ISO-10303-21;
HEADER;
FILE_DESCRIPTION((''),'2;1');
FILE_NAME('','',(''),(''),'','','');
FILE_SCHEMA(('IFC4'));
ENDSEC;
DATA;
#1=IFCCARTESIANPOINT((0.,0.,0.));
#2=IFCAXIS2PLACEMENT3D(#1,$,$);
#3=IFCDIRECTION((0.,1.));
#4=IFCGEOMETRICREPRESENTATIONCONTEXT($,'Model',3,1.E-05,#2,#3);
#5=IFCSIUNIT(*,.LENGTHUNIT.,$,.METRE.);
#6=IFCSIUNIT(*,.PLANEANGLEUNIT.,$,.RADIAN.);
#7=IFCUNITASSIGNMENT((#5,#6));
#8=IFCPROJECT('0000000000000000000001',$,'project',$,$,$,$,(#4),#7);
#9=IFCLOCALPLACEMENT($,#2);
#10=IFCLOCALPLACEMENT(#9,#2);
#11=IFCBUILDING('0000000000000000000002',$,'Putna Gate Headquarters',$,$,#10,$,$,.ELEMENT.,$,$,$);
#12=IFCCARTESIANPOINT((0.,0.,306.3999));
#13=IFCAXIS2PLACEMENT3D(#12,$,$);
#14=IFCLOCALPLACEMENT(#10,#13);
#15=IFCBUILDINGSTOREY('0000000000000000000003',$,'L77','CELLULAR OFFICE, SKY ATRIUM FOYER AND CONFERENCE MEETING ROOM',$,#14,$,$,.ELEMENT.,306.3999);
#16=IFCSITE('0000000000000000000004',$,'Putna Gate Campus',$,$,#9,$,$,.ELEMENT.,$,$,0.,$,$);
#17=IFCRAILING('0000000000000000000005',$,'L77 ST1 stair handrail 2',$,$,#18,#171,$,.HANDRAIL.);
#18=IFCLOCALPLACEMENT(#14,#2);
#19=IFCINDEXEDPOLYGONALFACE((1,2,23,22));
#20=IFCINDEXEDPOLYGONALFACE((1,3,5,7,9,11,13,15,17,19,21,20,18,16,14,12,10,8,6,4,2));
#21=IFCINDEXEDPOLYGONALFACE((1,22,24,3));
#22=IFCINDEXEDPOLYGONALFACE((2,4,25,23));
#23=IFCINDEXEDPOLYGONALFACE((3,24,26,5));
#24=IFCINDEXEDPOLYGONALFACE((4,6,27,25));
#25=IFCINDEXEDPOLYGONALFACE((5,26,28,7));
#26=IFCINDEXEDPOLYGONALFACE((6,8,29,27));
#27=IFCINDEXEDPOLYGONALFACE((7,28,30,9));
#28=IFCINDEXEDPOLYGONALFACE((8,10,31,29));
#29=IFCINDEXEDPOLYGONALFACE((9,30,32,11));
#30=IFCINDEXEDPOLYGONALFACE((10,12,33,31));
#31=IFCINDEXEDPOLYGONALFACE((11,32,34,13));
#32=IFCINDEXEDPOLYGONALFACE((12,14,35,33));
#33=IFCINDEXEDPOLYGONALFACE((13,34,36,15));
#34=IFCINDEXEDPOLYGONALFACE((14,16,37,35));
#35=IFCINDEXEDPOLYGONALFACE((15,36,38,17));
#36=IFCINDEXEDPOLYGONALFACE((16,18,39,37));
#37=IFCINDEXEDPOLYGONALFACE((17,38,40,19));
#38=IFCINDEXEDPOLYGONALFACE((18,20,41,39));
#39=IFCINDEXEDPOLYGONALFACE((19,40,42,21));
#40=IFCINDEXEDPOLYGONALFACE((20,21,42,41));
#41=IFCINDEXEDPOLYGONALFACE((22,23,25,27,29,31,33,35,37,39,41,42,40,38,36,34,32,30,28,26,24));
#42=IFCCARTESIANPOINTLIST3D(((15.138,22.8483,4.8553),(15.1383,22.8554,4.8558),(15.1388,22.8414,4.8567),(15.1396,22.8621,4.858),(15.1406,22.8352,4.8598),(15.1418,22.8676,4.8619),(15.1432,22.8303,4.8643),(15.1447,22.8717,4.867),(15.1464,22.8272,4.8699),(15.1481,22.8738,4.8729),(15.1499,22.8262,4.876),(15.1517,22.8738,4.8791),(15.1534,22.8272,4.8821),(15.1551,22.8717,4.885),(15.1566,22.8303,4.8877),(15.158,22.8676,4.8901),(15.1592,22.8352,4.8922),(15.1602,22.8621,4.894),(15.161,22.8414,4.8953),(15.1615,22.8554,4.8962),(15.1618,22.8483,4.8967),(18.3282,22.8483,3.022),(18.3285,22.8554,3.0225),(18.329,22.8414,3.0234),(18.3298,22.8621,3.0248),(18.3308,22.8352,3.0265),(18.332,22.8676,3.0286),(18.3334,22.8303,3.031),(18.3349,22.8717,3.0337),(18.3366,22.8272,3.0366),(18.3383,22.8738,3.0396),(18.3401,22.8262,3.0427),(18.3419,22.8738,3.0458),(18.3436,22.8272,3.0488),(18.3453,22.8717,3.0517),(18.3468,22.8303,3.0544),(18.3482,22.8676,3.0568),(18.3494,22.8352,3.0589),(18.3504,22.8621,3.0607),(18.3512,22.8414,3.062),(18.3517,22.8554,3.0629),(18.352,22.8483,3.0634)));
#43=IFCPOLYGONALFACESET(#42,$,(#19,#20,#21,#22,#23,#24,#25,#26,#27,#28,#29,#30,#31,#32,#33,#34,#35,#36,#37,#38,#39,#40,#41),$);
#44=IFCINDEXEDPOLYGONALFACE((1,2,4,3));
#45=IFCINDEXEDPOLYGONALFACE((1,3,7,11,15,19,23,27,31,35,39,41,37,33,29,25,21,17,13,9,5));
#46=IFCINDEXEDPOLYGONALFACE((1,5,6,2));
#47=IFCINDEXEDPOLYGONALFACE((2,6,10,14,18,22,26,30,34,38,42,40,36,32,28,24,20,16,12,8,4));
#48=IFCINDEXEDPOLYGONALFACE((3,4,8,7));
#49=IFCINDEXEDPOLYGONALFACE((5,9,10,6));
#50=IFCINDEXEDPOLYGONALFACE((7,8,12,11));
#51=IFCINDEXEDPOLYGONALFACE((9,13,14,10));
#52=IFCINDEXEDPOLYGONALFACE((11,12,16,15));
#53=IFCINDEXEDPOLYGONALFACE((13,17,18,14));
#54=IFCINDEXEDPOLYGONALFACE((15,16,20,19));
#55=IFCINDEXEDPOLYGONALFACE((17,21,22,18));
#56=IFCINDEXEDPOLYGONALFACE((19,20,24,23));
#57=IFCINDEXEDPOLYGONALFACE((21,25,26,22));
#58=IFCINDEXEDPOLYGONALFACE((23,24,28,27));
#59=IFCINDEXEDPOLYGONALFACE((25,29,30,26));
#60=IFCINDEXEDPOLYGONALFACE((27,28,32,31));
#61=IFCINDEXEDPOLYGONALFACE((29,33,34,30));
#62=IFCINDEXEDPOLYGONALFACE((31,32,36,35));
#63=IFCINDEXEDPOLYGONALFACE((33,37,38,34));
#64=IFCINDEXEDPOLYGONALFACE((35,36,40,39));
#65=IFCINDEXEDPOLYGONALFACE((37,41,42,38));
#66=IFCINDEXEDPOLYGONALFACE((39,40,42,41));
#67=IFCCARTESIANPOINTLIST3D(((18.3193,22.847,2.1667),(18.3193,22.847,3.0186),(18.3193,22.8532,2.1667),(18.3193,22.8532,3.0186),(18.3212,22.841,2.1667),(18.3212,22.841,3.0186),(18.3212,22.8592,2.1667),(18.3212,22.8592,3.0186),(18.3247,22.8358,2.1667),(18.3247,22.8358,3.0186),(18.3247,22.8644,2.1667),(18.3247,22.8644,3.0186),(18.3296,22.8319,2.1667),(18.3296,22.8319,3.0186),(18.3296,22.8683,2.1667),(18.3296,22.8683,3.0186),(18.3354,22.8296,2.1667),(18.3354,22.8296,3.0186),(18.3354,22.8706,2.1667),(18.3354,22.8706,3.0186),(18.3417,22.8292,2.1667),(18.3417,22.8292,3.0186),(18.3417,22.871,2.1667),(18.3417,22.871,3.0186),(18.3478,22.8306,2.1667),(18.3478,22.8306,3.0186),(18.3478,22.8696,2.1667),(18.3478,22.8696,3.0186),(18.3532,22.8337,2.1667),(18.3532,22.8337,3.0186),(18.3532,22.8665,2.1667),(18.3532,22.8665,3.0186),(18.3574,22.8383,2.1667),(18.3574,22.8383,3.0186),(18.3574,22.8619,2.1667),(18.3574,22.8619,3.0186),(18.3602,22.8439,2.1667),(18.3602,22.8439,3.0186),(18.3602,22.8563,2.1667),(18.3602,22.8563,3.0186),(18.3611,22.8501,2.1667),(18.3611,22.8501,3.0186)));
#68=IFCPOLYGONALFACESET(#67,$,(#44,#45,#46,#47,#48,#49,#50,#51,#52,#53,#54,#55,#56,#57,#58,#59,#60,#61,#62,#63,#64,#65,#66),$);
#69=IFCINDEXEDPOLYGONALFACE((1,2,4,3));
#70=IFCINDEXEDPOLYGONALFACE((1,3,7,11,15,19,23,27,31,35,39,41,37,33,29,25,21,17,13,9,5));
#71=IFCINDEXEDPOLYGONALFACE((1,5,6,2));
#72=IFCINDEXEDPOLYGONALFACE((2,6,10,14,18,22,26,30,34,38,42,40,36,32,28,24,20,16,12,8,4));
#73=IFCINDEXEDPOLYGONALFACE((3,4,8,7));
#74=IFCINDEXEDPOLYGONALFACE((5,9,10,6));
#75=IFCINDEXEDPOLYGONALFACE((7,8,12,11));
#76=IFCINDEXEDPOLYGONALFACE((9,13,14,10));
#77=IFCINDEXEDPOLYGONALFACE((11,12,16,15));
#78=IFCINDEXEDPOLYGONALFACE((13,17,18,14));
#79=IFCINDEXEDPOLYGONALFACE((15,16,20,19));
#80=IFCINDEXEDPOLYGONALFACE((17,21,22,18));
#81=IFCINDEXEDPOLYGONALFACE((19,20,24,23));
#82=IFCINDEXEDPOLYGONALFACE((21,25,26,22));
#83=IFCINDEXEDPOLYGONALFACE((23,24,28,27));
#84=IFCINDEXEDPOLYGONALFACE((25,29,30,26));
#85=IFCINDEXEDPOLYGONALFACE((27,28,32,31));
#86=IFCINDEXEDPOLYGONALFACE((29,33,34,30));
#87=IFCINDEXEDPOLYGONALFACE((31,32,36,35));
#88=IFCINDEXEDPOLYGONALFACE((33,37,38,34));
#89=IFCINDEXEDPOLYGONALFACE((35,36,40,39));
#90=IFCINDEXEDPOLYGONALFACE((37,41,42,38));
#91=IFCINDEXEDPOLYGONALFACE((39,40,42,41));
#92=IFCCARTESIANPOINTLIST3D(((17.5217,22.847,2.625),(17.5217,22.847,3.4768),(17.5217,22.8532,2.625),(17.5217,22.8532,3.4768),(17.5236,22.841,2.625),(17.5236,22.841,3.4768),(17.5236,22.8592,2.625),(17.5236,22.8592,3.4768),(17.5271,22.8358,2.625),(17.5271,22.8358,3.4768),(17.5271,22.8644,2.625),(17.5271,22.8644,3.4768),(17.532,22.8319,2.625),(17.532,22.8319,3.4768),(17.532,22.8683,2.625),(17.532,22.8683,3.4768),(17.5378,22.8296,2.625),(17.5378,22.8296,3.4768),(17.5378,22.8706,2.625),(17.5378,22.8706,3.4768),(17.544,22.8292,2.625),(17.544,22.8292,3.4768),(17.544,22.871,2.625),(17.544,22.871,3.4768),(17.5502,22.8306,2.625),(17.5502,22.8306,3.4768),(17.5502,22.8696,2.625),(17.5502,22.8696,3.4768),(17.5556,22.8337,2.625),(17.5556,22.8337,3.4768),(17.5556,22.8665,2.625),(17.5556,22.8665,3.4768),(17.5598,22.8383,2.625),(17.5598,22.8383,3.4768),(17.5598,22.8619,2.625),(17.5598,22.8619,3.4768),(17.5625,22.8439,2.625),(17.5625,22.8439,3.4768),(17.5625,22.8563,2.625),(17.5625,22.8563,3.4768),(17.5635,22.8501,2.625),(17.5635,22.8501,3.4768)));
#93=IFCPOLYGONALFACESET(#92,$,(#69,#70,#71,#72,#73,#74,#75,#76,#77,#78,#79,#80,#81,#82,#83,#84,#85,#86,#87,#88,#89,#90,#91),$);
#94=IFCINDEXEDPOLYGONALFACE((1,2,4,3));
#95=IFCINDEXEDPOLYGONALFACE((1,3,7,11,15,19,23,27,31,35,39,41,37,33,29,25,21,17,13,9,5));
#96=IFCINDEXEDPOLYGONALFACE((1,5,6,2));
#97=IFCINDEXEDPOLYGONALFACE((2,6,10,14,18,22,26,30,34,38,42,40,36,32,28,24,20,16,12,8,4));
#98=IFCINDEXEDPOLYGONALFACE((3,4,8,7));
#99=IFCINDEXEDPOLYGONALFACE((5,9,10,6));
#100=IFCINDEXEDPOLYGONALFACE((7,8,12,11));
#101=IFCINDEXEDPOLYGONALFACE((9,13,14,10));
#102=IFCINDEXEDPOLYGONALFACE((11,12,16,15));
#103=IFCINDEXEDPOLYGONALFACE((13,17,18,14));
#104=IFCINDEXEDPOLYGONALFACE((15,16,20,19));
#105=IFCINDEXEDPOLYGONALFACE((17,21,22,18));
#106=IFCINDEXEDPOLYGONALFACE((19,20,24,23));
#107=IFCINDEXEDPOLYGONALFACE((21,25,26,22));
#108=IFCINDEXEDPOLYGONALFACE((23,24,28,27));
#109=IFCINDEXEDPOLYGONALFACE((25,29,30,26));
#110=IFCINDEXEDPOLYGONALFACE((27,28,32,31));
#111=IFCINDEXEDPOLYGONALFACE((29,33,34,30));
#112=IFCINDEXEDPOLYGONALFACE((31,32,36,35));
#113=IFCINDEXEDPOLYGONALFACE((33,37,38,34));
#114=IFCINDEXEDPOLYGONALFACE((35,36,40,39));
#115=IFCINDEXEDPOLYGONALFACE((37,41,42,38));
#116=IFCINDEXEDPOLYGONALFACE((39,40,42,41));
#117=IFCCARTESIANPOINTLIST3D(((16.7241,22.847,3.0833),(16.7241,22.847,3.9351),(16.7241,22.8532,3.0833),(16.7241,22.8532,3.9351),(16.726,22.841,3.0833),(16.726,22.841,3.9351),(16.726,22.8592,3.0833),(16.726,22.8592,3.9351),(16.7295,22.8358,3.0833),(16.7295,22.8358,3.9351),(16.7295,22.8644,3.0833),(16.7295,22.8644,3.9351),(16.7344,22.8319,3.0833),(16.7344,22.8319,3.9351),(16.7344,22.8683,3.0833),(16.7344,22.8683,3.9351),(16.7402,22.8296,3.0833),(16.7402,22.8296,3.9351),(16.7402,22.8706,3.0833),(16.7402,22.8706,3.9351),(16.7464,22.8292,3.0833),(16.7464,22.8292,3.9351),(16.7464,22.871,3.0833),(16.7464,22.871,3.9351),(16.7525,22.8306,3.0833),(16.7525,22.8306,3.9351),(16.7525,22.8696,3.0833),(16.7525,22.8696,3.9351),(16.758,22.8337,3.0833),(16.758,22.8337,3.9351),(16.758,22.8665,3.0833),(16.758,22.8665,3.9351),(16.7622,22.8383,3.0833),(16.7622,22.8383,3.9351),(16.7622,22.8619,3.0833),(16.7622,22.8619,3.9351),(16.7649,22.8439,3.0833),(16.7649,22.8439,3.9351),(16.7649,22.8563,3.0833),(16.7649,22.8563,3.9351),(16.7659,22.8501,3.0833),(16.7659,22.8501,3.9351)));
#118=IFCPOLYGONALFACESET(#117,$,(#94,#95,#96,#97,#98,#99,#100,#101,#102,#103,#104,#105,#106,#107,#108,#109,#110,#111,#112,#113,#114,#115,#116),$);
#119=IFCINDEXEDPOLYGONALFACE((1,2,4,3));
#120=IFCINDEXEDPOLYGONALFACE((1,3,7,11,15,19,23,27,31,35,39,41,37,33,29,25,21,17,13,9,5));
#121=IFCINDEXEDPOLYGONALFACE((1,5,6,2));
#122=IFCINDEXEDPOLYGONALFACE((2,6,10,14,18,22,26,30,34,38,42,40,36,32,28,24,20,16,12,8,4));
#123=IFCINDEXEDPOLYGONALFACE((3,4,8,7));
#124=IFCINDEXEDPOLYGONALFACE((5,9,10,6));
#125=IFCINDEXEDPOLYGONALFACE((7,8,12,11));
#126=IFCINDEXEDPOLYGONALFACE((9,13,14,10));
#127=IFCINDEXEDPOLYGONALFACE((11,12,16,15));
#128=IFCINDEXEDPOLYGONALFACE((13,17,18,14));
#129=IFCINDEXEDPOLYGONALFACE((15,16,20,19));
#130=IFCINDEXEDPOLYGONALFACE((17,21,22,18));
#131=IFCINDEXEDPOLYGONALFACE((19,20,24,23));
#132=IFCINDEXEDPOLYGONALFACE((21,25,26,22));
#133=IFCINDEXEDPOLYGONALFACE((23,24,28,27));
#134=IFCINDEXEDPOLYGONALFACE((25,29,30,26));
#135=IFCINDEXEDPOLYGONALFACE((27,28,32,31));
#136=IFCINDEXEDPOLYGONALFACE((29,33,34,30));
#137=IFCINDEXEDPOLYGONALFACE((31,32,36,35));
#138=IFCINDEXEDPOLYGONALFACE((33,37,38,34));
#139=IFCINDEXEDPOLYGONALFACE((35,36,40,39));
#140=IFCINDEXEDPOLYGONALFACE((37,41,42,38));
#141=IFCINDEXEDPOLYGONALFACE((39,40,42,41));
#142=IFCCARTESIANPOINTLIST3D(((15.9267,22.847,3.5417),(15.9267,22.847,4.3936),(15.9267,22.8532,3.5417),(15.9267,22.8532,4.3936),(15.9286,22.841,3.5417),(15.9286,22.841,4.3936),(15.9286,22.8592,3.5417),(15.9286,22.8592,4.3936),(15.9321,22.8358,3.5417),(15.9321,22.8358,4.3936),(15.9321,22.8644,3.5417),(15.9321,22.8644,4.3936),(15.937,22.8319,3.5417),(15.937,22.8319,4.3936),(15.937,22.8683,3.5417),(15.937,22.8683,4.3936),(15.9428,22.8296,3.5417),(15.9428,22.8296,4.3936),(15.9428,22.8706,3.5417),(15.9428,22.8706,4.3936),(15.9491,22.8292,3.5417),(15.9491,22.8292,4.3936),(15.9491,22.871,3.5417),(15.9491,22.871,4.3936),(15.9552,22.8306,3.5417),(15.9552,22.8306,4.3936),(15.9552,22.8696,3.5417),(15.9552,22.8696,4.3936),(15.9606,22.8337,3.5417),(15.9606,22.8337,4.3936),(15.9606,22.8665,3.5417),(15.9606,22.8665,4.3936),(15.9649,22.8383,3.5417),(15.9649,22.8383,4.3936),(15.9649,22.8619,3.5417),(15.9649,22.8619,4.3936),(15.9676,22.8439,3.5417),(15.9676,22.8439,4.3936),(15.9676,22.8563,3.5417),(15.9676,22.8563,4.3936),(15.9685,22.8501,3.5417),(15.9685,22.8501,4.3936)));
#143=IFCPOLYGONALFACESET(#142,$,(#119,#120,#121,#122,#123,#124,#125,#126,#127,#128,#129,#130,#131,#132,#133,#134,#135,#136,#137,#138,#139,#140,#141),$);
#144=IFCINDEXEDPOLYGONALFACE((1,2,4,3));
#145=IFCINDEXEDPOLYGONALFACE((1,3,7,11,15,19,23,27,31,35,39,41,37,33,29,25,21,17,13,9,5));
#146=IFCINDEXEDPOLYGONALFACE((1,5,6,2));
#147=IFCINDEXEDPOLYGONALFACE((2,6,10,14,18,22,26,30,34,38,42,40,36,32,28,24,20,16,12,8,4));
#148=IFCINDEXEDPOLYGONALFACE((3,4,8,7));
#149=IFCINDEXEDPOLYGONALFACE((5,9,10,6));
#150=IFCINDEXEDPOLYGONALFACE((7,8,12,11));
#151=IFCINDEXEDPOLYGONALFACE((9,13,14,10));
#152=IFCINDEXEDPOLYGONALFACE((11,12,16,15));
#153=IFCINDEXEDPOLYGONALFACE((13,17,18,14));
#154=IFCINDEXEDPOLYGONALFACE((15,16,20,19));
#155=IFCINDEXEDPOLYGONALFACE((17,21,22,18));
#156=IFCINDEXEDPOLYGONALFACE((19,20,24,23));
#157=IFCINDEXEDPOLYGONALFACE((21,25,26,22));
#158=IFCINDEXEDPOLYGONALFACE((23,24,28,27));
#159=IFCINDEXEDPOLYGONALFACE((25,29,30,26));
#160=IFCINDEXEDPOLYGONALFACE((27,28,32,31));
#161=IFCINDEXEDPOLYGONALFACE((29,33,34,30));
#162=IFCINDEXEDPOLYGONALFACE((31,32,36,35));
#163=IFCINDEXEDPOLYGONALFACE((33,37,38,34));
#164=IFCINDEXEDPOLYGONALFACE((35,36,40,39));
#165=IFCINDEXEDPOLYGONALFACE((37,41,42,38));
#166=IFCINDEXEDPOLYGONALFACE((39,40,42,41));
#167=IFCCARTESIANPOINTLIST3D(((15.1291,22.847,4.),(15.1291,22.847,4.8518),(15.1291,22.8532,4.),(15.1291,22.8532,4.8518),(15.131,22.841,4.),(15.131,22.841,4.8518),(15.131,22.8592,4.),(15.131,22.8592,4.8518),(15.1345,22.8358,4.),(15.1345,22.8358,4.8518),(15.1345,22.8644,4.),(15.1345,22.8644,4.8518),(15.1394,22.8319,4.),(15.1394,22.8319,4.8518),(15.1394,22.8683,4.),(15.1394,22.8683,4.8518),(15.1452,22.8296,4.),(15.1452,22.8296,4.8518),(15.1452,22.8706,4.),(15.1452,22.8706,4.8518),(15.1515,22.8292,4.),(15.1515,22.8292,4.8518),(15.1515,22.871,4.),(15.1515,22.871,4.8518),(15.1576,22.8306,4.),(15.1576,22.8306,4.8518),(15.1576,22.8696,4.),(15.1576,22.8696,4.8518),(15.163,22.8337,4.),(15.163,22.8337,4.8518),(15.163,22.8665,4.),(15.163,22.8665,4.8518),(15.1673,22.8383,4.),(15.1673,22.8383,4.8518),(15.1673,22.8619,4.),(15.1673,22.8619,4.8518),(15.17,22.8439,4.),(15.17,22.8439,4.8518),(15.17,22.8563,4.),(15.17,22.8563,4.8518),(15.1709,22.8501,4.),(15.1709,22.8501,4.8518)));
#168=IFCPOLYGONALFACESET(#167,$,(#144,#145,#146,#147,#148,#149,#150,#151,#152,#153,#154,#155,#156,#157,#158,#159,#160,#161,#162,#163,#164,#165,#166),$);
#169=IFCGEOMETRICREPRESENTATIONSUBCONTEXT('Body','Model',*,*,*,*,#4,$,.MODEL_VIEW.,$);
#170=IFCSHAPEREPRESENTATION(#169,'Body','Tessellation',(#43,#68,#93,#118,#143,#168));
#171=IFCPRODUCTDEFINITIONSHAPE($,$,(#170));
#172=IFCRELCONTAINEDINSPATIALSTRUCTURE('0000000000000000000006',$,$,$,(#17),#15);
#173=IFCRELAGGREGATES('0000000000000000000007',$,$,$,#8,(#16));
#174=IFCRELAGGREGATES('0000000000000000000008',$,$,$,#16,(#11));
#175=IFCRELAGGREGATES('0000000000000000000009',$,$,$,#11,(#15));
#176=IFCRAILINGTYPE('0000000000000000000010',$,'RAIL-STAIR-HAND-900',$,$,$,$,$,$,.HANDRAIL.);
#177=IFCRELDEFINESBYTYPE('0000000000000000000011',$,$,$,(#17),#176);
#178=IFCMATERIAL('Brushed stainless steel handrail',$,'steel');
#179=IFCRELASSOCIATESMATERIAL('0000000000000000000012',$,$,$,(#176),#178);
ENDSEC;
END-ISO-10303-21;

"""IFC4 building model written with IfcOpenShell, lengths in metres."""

from ifc_helpers import new_model, si_unit, direction, frame, origin, origin_2d, place, context, subcontext, project, spatial, circle, extrude, material, type_object, element, save


model = new_model("IFC4")

# Units and contexts
model_context = context("Model", 3, precision=1e-05, world=origin(), true_north=direction((0.0, 1.0)))
body_context = subcontext(model_context, "Body", "Model", "MODEL_VIEW")
ifc_project = project(units=[si_unit("LENGTHUNIT", "METRE"), si_unit("PLANEANGLEUNIT", "RADIAN")], contexts=[model_context])

# Site, building, storey
site_placement = place(None, origin())
site = spatial("IfcSite", under=ifc_project, at=site_placement, Name="Putna Gate Campus", CompositionType="ELEMENT", RefElevation=0.0)
building_placement = place(site_placement, origin())
building = spatial("IfcBuilding", under=site, at=building_placement, Name="Putna Gate Headquarters", CompositionType="ELEMENT")
storey_placement = place(building_placement, frame((0.0, 0.0, 306.3999)))
storey = spatial("IfcBuildingStorey", under=building, at=storey_placement, Name="L77", Description="CELLULAR OFFICE, SKY ATRIUM FOYER AND CONFERENCE MEETING ROOM", CompositionType="ELEMENT", Elevation=306.3999)

# Railing
ifc_material_1 = material(Name="Brushed stainless steel handrail", Category="steel")
railing_type_1 = type_object("IfcRailingType", Name="RAIL-STAIR-HAND-900", PredefinedType="HANDRAIL", material=ifc_material_1)
railing_1_placement = place(storey_placement, frame((18.3401, 22.8501, 2.1667)))
element("IfcRailing", 1, at=railing_1_placement, inside=storey, type_object=railing_type_1, Name="L77 ST1 stair handrail 2", PredefinedType="HANDRAIL", context=body_context, shape_type="SweptSolid", body=[
    extrude(circle(Radius=0.0239, at=origin_2d()), frame((0.0, 0.0, 0.876), z_axis=(-0.867036, 0.0, 0.498245), x_axis=(0.0, -1.0, 0.0)), (0.0, 0.0, 1.0), 3.6794),
    extrude(circle(Radius=0.021, at=origin_2d()), origin(), (0.0, 0.0, 1.0), 0.8518),
    extrude(circle(Radius=0.021, at=origin_2d()), frame((-0.7976, 0.0, 0.4583)), (0.0, 0.0, 1.0), 0.8518),
    extrude(circle(Radius=0.021, at=origin_2d()), frame((-1.5952, 0.0, 0.9165)), (0.0, 0.0, 1.0), 0.8518),
    extrude(circle(Radius=0.021, at=origin_2d()), frame((-2.3926, 0.0, 1.375)), (0.0, 0.0, 1.0), 0.8518),
    extrude(circle(Radius=0.021, at=origin_2d()), frame((-3.1902, 0.0, 1.8333)), (0.0, 0.0, 1.0), 0.8518),
])

save(model, "model.ifc")
